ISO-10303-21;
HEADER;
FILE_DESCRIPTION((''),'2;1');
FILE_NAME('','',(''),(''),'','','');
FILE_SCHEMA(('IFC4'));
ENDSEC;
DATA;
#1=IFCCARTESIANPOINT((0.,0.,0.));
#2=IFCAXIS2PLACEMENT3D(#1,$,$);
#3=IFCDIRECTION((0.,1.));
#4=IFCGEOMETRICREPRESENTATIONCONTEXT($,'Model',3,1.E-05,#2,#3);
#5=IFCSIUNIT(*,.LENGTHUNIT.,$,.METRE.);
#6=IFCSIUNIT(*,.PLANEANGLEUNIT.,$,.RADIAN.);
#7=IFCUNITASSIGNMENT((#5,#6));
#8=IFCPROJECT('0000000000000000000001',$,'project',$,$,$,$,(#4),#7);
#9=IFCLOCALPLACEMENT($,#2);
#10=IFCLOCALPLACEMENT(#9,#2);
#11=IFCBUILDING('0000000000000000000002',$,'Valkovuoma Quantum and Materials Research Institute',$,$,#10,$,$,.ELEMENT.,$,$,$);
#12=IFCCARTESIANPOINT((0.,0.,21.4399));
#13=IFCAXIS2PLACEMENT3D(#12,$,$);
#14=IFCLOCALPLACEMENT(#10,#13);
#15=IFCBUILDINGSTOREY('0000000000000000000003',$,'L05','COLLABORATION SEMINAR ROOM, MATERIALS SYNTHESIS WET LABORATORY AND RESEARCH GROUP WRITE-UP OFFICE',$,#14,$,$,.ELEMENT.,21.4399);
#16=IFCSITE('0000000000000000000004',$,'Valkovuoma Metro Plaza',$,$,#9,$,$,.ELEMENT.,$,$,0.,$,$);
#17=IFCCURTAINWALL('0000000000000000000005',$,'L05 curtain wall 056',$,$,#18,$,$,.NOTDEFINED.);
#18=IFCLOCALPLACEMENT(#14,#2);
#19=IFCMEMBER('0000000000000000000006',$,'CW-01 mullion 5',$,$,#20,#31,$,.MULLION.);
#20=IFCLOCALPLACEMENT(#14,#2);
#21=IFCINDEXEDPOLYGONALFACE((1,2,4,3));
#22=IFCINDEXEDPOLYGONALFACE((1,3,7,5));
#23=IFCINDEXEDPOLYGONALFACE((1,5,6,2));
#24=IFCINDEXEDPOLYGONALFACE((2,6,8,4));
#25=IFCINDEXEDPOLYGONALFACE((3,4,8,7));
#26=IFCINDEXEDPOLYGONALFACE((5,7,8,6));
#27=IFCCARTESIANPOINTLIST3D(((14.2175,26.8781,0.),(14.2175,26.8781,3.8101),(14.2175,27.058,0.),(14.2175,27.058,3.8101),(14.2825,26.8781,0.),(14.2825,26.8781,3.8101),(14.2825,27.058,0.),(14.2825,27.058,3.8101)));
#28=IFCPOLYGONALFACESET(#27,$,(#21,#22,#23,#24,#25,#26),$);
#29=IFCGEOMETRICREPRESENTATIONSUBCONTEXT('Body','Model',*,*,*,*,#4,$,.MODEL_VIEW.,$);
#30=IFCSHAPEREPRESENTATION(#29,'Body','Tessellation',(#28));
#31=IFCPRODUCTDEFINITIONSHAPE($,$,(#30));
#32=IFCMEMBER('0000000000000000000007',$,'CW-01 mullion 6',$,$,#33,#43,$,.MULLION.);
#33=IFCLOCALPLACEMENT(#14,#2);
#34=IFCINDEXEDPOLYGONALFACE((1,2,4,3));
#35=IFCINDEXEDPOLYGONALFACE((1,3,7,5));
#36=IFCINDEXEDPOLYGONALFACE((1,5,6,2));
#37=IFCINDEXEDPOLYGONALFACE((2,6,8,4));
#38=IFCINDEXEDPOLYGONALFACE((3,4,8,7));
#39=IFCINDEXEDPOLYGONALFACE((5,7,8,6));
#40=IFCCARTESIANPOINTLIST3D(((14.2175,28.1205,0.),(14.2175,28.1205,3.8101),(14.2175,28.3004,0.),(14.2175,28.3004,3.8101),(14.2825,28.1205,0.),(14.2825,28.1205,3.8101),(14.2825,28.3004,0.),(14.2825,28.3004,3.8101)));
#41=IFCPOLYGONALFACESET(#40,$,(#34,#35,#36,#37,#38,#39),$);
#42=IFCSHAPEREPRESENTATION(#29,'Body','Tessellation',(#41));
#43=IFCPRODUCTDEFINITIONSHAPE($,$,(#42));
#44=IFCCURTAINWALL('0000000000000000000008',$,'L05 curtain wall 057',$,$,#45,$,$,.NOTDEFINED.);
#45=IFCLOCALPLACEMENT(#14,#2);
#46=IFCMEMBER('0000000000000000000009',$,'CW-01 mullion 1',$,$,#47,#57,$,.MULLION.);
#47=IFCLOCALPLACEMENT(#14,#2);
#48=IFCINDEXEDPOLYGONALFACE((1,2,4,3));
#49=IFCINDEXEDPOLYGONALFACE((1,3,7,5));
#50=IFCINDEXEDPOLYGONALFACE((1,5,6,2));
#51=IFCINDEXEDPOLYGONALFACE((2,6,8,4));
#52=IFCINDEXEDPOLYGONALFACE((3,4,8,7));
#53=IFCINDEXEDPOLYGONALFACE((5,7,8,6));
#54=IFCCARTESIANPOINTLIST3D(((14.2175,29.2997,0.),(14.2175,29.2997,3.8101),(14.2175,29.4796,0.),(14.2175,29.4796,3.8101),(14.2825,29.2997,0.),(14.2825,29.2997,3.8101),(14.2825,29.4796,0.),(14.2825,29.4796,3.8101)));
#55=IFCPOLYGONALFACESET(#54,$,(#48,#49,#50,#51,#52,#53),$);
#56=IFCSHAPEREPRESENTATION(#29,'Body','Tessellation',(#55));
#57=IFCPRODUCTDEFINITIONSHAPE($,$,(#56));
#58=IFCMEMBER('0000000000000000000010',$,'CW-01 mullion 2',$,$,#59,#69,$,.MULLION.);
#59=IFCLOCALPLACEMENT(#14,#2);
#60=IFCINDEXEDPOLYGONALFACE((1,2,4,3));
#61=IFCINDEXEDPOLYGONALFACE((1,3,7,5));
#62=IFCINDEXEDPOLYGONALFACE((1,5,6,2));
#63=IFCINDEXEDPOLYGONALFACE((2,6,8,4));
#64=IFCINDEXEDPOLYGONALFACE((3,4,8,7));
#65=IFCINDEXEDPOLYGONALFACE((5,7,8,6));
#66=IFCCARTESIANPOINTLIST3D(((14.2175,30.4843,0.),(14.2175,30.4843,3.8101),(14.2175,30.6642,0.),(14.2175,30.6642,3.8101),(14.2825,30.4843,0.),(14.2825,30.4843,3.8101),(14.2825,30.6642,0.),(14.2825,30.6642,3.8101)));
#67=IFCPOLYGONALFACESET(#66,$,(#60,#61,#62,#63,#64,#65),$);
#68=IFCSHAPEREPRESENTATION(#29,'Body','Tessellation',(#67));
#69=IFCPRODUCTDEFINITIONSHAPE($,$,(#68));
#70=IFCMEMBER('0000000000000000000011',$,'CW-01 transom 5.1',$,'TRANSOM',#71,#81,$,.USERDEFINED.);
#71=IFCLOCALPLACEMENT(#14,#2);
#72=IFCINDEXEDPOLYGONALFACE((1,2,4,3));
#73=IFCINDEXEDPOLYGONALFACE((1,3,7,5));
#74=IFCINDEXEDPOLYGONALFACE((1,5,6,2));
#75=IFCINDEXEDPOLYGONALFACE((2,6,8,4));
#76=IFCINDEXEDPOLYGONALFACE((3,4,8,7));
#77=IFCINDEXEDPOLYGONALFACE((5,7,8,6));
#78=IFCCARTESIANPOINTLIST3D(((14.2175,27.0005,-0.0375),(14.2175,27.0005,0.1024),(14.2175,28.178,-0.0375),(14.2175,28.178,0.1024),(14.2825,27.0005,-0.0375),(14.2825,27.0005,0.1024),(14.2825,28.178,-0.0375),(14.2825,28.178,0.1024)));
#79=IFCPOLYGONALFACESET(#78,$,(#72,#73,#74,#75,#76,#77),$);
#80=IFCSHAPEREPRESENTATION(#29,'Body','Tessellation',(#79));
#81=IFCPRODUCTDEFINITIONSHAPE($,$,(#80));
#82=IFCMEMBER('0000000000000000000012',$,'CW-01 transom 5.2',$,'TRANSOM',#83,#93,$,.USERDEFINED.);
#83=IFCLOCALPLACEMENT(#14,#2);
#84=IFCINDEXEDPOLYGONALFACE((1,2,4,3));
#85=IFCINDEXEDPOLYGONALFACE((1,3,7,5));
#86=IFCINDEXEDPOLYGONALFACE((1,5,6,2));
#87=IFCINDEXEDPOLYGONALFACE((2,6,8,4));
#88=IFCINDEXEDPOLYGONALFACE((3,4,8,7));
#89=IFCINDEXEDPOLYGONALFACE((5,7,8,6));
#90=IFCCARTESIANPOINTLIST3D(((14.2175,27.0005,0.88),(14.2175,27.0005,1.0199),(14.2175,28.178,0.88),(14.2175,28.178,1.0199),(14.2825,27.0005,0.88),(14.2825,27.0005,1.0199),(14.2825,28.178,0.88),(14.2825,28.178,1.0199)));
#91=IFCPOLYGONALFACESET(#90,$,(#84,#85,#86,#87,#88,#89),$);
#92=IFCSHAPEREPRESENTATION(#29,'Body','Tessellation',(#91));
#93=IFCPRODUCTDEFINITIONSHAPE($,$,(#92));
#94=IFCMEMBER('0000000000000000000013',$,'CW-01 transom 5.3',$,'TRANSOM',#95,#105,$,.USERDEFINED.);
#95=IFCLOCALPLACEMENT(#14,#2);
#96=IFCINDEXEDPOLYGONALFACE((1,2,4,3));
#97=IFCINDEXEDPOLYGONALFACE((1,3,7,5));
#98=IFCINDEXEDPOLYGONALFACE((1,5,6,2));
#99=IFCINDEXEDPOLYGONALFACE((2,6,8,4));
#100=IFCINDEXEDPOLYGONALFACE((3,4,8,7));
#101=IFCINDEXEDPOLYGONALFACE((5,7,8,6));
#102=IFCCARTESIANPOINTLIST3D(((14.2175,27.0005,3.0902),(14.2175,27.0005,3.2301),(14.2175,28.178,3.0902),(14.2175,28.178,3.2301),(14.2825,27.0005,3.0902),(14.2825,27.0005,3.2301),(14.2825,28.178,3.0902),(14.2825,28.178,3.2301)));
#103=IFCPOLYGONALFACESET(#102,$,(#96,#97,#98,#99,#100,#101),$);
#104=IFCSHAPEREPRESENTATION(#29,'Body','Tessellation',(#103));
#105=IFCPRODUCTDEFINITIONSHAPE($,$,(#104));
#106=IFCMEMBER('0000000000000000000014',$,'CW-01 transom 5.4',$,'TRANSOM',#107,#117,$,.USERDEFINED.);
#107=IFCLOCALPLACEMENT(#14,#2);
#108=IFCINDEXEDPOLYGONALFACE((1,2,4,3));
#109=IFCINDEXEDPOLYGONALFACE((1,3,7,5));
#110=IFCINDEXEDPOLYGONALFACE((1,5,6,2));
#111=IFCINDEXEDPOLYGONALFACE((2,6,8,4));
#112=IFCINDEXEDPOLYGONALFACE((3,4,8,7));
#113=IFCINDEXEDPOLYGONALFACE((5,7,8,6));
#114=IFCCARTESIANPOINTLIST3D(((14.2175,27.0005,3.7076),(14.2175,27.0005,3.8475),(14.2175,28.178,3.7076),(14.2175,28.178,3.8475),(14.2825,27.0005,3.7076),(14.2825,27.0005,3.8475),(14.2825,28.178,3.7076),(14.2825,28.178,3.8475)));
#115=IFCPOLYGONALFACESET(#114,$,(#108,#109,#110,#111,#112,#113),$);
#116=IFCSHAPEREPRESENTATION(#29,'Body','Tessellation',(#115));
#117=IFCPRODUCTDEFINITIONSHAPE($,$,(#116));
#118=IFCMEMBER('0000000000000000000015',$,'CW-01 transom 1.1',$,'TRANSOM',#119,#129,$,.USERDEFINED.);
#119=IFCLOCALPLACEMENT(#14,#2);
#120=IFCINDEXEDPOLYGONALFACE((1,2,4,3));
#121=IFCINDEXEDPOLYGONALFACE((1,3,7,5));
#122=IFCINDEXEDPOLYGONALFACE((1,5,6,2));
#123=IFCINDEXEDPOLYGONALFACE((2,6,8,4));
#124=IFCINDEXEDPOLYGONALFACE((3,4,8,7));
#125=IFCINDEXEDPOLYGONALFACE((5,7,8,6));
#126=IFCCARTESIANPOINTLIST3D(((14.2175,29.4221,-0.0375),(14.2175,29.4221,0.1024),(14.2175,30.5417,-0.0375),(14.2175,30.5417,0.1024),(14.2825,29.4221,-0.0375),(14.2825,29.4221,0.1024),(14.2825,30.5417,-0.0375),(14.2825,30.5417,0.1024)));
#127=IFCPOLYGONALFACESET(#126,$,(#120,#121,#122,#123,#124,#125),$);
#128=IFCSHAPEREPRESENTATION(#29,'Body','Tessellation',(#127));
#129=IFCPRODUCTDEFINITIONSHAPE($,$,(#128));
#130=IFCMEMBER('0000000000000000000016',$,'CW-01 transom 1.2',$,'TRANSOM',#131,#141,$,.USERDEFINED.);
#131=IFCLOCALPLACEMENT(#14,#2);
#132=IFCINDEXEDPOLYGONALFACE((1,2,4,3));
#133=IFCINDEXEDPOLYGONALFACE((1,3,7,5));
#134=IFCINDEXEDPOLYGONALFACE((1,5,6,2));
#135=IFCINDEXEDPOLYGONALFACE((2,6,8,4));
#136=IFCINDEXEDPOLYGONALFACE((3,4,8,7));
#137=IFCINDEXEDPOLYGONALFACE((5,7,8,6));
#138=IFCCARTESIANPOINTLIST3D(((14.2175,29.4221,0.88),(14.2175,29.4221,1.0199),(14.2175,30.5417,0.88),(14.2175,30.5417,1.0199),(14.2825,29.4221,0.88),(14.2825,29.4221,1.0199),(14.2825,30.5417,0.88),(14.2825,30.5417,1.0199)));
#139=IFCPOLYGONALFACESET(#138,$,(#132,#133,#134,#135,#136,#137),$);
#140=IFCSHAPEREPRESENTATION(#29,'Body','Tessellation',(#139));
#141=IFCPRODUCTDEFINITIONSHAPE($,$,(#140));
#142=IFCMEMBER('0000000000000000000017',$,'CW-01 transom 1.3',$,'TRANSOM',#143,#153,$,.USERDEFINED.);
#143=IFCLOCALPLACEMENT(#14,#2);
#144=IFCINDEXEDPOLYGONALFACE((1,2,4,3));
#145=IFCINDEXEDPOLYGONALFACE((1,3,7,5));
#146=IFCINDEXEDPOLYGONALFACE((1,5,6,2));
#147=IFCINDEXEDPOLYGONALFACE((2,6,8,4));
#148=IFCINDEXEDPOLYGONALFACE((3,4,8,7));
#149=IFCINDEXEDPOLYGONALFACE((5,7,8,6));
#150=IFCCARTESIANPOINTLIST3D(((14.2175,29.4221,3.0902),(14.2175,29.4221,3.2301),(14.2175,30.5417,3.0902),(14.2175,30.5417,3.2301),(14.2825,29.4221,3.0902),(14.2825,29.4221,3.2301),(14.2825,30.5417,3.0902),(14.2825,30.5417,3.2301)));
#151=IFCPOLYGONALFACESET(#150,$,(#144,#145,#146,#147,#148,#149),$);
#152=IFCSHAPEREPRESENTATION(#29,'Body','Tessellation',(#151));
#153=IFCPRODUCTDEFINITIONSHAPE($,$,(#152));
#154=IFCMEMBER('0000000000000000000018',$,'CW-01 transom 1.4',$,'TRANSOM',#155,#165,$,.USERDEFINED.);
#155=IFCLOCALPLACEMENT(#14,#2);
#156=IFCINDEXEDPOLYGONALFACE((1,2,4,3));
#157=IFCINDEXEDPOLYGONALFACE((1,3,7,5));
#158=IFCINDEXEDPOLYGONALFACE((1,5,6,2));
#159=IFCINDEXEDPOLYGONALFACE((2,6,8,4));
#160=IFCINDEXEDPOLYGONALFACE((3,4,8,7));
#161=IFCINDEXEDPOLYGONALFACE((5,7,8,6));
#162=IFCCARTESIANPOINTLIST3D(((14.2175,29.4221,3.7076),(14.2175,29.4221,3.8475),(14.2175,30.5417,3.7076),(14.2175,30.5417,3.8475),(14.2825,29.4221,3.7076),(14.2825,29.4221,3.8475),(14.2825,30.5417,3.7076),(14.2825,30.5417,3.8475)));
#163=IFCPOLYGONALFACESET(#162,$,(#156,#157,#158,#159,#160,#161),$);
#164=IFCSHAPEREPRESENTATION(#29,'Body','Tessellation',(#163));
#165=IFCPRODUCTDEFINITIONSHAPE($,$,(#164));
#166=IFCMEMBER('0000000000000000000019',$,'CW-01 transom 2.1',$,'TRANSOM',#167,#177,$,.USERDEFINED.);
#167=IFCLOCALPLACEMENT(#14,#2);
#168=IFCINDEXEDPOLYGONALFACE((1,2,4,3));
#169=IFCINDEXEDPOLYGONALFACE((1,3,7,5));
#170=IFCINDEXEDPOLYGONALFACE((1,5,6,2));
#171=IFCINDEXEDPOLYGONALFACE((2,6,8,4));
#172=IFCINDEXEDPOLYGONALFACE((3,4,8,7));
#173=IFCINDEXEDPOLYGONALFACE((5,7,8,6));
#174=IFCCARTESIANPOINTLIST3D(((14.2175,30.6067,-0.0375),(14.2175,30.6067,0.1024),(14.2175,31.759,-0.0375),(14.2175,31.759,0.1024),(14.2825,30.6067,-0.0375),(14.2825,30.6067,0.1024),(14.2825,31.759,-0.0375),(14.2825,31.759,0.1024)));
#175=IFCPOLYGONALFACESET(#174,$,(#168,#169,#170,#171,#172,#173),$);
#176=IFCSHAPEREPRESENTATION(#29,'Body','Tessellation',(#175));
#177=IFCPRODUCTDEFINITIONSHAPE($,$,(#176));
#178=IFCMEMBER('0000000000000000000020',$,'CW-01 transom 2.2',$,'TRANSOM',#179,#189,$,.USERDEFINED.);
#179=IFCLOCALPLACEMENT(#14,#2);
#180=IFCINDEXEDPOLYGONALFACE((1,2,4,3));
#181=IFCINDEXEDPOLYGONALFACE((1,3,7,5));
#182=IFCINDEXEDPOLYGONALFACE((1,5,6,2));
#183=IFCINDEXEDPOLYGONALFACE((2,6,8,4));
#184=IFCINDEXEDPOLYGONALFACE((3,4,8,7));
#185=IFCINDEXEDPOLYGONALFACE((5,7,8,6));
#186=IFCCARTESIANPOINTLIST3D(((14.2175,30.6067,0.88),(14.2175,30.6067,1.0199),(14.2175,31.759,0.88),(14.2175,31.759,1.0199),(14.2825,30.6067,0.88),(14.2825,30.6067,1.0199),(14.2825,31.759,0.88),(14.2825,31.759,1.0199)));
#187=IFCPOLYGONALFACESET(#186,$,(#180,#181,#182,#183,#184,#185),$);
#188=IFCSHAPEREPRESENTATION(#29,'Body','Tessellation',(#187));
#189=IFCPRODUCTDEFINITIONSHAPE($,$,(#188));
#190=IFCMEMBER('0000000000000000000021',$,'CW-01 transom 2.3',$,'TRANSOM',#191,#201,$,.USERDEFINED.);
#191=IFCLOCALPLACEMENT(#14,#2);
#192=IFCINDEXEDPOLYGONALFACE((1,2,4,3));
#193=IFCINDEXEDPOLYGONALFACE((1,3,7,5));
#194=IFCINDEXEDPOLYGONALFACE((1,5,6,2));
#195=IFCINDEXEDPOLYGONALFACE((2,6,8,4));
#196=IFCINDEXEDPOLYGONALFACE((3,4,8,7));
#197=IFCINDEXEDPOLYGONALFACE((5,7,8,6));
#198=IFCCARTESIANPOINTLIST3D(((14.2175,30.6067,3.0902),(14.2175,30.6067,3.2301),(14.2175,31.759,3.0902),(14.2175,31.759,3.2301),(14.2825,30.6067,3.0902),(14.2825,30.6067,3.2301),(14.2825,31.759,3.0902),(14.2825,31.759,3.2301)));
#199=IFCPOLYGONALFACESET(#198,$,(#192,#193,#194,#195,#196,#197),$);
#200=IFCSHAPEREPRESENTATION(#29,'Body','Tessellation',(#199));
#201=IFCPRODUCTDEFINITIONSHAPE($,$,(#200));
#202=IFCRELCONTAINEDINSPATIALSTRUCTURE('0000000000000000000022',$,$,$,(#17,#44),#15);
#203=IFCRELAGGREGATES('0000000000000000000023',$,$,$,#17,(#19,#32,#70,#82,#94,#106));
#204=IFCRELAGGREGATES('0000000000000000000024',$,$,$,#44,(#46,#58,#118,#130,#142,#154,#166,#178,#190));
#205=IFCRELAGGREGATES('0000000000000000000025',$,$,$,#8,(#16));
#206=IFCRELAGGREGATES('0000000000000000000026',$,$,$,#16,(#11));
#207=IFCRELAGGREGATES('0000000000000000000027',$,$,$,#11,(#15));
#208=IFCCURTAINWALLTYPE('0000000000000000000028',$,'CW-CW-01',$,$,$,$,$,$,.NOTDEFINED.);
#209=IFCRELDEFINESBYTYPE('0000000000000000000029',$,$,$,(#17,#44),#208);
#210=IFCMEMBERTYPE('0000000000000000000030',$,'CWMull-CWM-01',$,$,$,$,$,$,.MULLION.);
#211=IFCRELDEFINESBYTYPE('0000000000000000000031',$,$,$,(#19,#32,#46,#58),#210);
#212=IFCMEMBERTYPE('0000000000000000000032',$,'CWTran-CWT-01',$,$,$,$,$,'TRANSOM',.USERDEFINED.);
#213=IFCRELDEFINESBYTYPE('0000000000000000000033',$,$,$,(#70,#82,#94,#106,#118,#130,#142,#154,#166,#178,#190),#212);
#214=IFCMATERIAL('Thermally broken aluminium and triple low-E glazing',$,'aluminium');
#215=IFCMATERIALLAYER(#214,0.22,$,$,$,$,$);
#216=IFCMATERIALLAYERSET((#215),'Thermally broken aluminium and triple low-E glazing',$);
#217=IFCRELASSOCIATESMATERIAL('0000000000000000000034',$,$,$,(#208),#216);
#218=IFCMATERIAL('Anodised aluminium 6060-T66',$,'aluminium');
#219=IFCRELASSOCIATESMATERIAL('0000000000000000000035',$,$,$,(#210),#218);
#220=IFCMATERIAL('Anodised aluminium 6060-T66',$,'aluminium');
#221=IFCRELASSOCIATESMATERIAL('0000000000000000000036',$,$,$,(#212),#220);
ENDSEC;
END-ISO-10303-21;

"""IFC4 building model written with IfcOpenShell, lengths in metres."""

from ifc_helpers import new_model, si_unit, direction, frame, origin, origin_2d, place, context, subcontext, project, spatial, rectangle, extrude, material, layer, layer_set, material_profile, profile_set, type_object, element, aggregate, save


model = new_model("IFC4")

# Units and contexts
model_context = context("Model", 3, precision=1e-05, world=origin(), true_north=direction((0.0, 1.0)))
body_context = subcontext(model_context, "Body", "Model", "MODEL_VIEW")
ifc_project = project(units=[si_unit("LENGTHUNIT", "METRE"), si_unit("PLANEANGLEUNIT", "RADIAN")], contexts=[model_context])

# Site, building, storey
site_placement = place(None, origin())
site = spatial("IfcSite", under=ifc_project, at=site_placement, Name="Valkovuoma Metro Plaza", CompositionType="ELEMENT", RefElevation=0.0)
building_placement = place(site_placement, origin())
building = spatial("IfcBuilding", under=site, at=building_placement, Name="Valkovuoma Quantum and Materials Research Institute", CompositionType="ELEMENT")
storey_placement = place(building_placement, frame((0.0, 0.0, 21.4399)))
storey = spatial("IfcBuildingStorey", under=building, at=storey_placement, Name="L05", Description="COLLABORATION SEMINAR ROOM, MATERIALS SYNTHESIS WET LABORATORY AND RESEARCH GROUP WRITE-UP OFFICE", CompositionType="ELEMENT", Elevation=21.4399)

# Curtain walls, members
ifc_material_1 = material(Name="Thermally broken aluminium and triple low-E glazing", Category="aluminium")
ifc_layer_1 = layer(ifc_material_1, 0.22)
ifc_layer_set_1 = layer_set([ifc_layer_1], Name="Thermally broken aluminium and triple low-E glazing")
curtain_wall_type = type_object("IfcCurtainWallType", Name="CW-CW-01", PredefinedType="NOTDEFINED", material=ifc_layer_set_1)
curtain_wall_1_placement = place(storey_placement, origin())
curtain_wall_1 = element("IfcCurtainWall", 1, at=curtain_wall_1_placement, inside=storey, type_object=curtain_wall_type, Name="L05 curtain wall 056", PredefinedType="NOTDEFINED")
ifc_material_2 = material(Name="Anodised aluminium 6060-T66", Category="aluminium")
ifc_material_profile_1 = material_profile(ifc_material_2, rectangle(XDim=0.0649, YDim=0.1799, at=origin_2d()), Name="Anodised aluminium 6060-T66")
ifc_profile_set_1 = profile_set([ifc_material_profile_1], Name="Anodised aluminium 6060-T66")
member_type_1 = type_object("IfcMemberType", Name="CWMull-CWM-01", PredefinedType="MULLION", material=ifc_profile_set_1)
member_1_placement = place(storey_placement, frame((14.25, 26.968, 0.0), z_axis=(0.0, 0.0, 1.0), x_axis=(-1.0, 0.0, 0.0)))
member_1 = element("IfcMember", 2, at=member_1_placement, type_object=member_type_1, Name="CW-01 mullion 5", PredefinedType="MULLION", context=body_context, shape_type="SweptSolid", body=[
    extrude(rectangle(XDim=0.0649, YDim=0.1799, at=origin_2d()), origin(), (0.0, 0.0, 1.0), 3.8101),
])
member_2_placement = place(storey_placement, frame((14.25, 28.2104, 0.0), z_axis=(0.0, 0.0, 1.0), x_axis=(-1.0, 0.0, 0.0)))
member_2 = element("IfcMember", 3, at=member_2_placement, type_object=member_type_1, Name="CW-01 mullion 6", PredefinedType="MULLION", context=body_context, shape_type="SweptSolid", body=[
    extrude(rectangle(XDim=0.0649, YDim=0.1799, at=origin_2d()), origin(), (0.0, 0.0, 1.0), 3.8101),
])
curtain_wall_2_placement = place(storey_placement, origin())
curtain_wall_2 = element("IfcCurtainWall", 4, at=curtain_wall_2_placement, inside=storey, type_object=curtain_wall_type, Name="L05 curtain wall 057", PredefinedType="NOTDEFINED")
member_3_placement = place(storey_placement, frame((14.25, 29.3896, 0.0), z_axis=(0.0, 0.0, 1.0), x_axis=(-1.0, 0.0, 0.0)))
member_3 = element("IfcMember", 5, at=member_3_placement, type_object=member_type_1, Name="CW-01 mullion 1", PredefinedType="MULLION", context=body_context, shape_type="SweptSolid", body=[
    extrude(rectangle(XDim=0.0649, YDim=0.1799, at=origin_2d()), origin(), (0.0, 0.0, 1.0), 3.8101),
])
member_4_placement = place(storey_placement, frame((14.25, 30.5742, 0.0), z_axis=(0.0, 0.0, 1.0), x_axis=(-1.0, 0.0, 0.0)))
member_4 = element("IfcMember", 6, at=member_4_placement, type_object=member_type_1, Name="CW-01 mullion 2", PredefinedType="MULLION", context=body_context, shape_type="SweptSolid", body=[
    extrude(rectangle(XDim=0.0649, YDim=0.1799, at=origin_2d()), origin(), (0.0, 0.0, 1.0), 3.8101),
])

# Members
ifc_material_3 = material(Name="Anodised aluminium 6060-T66", Category="aluminium")
ifc_material_profile_2 = material_profile(ifc_material_3, rectangle(XDim=0.0649, YDim=0.1399, at=origin_2d()), Name="Anodised aluminium 6060-T66")
ifc_profile_set_2 = profile_set([ifc_material_profile_2], Name="Anodised aluminium 6060-T66")
member_type_2 = type_object("IfcMemberType", Name="CWTran-CWT-01", ElementType="TRANSOM", PredefinedType="USERDEFINED", material=ifc_profile_set_2)
member_5_placement = place(storey_placement, frame((14.25, 27.0005, 0.0325), z_axis=(0.0, 1.0, 0.0), x_axis=(-1.0, 0.0, 0.0)))
member_5 = element("IfcMember", 7, at=member_5_placement, type_object=member_type_2, Name="CW-01 transom 5.1", ObjectType="TRANSOM", PredefinedType="USERDEFINED", context=body_context, shape_type="SweptSolid", body=[
    extrude(rectangle(XDim=0.0649, YDim=0.1399, at=origin_2d()), origin(), (0.0, 0.0, 1.0), 1.1775),
])
member_6_placement = place(storey_placement, frame((14.25, 27.0005, 0.95), z_axis=(0.0, 1.0, 0.0), x_axis=(-1.0, 0.0, 0.0)))
member_6 = element("IfcMember", 8, at=member_6_placement, type_object=member_type_2, Name="CW-01 transom 5.2", ObjectType="TRANSOM", PredefinedType="USERDEFINED", context=body_context, shape_type="SweptSolid", body=[
    extrude(rectangle(XDim=0.0649, YDim=0.1399, at=origin_2d()), origin(), (0.0, 0.0, 1.0), 1.1775),
])
member_7_placement = place(storey_placement, frame((14.25, 27.0005, 3.1602), z_axis=(0.0, 1.0, 0.0), x_axis=(-1.0, 0.0, 0.0)))
member_7 = element("IfcMember", 9, at=member_7_placement, type_object=member_type_2, Name="CW-01 transom 5.3", ObjectType="TRANSOM", PredefinedType="USERDEFINED", context=body_context, shape_type="SweptSolid", body=[
    extrude(rectangle(XDim=0.0649, YDim=0.1399, at=origin_2d()), origin(), (0.0, 0.0, 1.0), 1.1775),
])
member_8_placement = place(storey_placement, frame((14.25, 27.0005, 3.7776), z_axis=(0.0, 1.0, 0.0), x_axis=(-1.0, 0.0, 0.0)))
member_8 = element("IfcMember", 10, at=member_8_placement, type_object=member_type_2, Name="CW-01 transom 5.4", ObjectType="TRANSOM", PredefinedType="USERDEFINED", context=body_context, shape_type="SweptSolid", body=[
    extrude(rectangle(XDim=0.0649, YDim=0.1399, at=origin_2d()), origin(), (0.0, 0.0, 1.0), 1.1775),
])
member_9_placement = place(storey_placement, frame((14.25, 29.4221, 0.0325), z_axis=(0.0, 1.0, 0.0), x_axis=(-1.0, 0.0, 0.0)))
member_9 = element("IfcMember", 11, at=member_9_placement, type_object=member_type_2, Name="CW-01 transom 1.1", ObjectType="TRANSOM", PredefinedType="USERDEFINED", context=body_context, shape_type="SweptSolid", body=[
    extrude(rectangle(XDim=0.0649, YDim=0.1399, at=origin_2d()), origin(), (0.0, 0.0, 1.0), 1.1196),
])
member_10_placement = place(storey_placement, frame((14.25, 29.4221, 0.95), z_axis=(0.0, 1.0, 0.0), x_axis=(-1.0, 0.0, 0.0)))
member_10 = element("IfcMember", 12, at=member_10_placement, type_object=member_type_2, Name="CW-01 transom 1.2", ObjectType="TRANSOM", PredefinedType="USERDEFINED", context=body_context, shape_type="SweptSolid", body=[
    extrude(rectangle(XDim=0.0649, YDim=0.1399, at=origin_2d()), origin(), (0.0, 0.0, 1.0), 1.1196),
])
member_11_placement = place(storey_placement, frame((14.25, 29.4221, 3.1602), z_axis=(0.0, 1.0, 0.0), x_axis=(-1.0, 0.0, 0.0)))
member_11 = element("IfcMember", 13, at=member_11_placement, type_object=member_type_2, Name="CW-01 transom 1.3", ObjectType="TRANSOM", PredefinedType="USERDEFINED", context=body_context, shape_type="SweptSolid", body=[
    extrude(rectangle(XDim=0.0649, YDim=0.1399, at=origin_2d()), origin(), (0.0, 0.0, 1.0), 1.1196),
])
member_12_placement = place(storey_placement, frame((14.25, 29.4221, 3.7776), z_axis=(0.0, 1.0, 0.0), x_axis=(-1.0, 0.0, 0.0)))
member_12 = element("IfcMember", 14, at=member_12_placement, type_object=member_type_2, Name="CW-01 transom 1.4", ObjectType="TRANSOM", PredefinedType="USERDEFINED", context=body_context, shape_type="SweptSolid", body=[
    extrude(rectangle(XDim=0.0649, YDim=0.1399, at=origin_2d()), origin(), (0.0, 0.0, 1.0), 1.1196),
])
member_13_placement = place(storey_placement, frame((14.25, 30.6067, 0.0325), z_axis=(0.0, 1.0, 0.0), x_axis=(-1.0, 0.0, 0.0)))
member_13 = element("IfcMember", 15, at=member_13_placement, type_object=member_type_2, Name="CW-01 transom 2.1", ObjectType="TRANSOM", PredefinedType="USERDEFINED", context=body_context, shape_type="SweptSolid", body=[
    extrude(rectangle(XDim=0.0649, YDim=0.1399, at=origin_2d()), origin(), (0.0, 0.0, 1.0), 1.1523),
])
member_14_placement = place(storey_placement, frame((14.25, 30.6067, 0.95), z_axis=(0.0, 1.0, 0.0), x_axis=(-1.0, 0.0, 0.0)))
member_14 = element("IfcMember", 16, at=member_14_placement, type_object=member_type_2, Name="CW-01 transom 2.2", ObjectType="TRANSOM", PredefinedType="USERDEFINED", context=body_context, shape_type="SweptSolid", body=[
    extrude(rectangle(XDim=0.0649, YDim=0.1399, at=origin_2d()), origin(), (0.0, 0.0, 1.0), 1.1523),
])
member_15_placement = place(storey_placement, frame((14.25, 30.6067, 3.1602), z_axis=(0.0, 1.0, 0.0), x_axis=(-1.0, 0.0, 0.0)))
member_15 = element("IfcMember", 17, at=member_15_placement, type_object=member_type_2, Name="CW-01 transom 2.3", ObjectType="TRANSOM", PredefinedType="USERDEFINED", context=body_context, shape_type="SweptSolid", body=[
    extrude(rectangle(XDim=0.0649, YDim=0.1399, at=origin_2d()), origin(), (0.0, 0.0, 1.0), 1.1523),
])

aggregate(curtain_wall_1, [member_1, member_2, member_5, member_6, member_7, member_8])
aggregate(curtain_wall_2, [member_3, member_4, member_9, member_10, member_11, member_12, member_13, member_14, member_15])

save(model, "model.ifc")
